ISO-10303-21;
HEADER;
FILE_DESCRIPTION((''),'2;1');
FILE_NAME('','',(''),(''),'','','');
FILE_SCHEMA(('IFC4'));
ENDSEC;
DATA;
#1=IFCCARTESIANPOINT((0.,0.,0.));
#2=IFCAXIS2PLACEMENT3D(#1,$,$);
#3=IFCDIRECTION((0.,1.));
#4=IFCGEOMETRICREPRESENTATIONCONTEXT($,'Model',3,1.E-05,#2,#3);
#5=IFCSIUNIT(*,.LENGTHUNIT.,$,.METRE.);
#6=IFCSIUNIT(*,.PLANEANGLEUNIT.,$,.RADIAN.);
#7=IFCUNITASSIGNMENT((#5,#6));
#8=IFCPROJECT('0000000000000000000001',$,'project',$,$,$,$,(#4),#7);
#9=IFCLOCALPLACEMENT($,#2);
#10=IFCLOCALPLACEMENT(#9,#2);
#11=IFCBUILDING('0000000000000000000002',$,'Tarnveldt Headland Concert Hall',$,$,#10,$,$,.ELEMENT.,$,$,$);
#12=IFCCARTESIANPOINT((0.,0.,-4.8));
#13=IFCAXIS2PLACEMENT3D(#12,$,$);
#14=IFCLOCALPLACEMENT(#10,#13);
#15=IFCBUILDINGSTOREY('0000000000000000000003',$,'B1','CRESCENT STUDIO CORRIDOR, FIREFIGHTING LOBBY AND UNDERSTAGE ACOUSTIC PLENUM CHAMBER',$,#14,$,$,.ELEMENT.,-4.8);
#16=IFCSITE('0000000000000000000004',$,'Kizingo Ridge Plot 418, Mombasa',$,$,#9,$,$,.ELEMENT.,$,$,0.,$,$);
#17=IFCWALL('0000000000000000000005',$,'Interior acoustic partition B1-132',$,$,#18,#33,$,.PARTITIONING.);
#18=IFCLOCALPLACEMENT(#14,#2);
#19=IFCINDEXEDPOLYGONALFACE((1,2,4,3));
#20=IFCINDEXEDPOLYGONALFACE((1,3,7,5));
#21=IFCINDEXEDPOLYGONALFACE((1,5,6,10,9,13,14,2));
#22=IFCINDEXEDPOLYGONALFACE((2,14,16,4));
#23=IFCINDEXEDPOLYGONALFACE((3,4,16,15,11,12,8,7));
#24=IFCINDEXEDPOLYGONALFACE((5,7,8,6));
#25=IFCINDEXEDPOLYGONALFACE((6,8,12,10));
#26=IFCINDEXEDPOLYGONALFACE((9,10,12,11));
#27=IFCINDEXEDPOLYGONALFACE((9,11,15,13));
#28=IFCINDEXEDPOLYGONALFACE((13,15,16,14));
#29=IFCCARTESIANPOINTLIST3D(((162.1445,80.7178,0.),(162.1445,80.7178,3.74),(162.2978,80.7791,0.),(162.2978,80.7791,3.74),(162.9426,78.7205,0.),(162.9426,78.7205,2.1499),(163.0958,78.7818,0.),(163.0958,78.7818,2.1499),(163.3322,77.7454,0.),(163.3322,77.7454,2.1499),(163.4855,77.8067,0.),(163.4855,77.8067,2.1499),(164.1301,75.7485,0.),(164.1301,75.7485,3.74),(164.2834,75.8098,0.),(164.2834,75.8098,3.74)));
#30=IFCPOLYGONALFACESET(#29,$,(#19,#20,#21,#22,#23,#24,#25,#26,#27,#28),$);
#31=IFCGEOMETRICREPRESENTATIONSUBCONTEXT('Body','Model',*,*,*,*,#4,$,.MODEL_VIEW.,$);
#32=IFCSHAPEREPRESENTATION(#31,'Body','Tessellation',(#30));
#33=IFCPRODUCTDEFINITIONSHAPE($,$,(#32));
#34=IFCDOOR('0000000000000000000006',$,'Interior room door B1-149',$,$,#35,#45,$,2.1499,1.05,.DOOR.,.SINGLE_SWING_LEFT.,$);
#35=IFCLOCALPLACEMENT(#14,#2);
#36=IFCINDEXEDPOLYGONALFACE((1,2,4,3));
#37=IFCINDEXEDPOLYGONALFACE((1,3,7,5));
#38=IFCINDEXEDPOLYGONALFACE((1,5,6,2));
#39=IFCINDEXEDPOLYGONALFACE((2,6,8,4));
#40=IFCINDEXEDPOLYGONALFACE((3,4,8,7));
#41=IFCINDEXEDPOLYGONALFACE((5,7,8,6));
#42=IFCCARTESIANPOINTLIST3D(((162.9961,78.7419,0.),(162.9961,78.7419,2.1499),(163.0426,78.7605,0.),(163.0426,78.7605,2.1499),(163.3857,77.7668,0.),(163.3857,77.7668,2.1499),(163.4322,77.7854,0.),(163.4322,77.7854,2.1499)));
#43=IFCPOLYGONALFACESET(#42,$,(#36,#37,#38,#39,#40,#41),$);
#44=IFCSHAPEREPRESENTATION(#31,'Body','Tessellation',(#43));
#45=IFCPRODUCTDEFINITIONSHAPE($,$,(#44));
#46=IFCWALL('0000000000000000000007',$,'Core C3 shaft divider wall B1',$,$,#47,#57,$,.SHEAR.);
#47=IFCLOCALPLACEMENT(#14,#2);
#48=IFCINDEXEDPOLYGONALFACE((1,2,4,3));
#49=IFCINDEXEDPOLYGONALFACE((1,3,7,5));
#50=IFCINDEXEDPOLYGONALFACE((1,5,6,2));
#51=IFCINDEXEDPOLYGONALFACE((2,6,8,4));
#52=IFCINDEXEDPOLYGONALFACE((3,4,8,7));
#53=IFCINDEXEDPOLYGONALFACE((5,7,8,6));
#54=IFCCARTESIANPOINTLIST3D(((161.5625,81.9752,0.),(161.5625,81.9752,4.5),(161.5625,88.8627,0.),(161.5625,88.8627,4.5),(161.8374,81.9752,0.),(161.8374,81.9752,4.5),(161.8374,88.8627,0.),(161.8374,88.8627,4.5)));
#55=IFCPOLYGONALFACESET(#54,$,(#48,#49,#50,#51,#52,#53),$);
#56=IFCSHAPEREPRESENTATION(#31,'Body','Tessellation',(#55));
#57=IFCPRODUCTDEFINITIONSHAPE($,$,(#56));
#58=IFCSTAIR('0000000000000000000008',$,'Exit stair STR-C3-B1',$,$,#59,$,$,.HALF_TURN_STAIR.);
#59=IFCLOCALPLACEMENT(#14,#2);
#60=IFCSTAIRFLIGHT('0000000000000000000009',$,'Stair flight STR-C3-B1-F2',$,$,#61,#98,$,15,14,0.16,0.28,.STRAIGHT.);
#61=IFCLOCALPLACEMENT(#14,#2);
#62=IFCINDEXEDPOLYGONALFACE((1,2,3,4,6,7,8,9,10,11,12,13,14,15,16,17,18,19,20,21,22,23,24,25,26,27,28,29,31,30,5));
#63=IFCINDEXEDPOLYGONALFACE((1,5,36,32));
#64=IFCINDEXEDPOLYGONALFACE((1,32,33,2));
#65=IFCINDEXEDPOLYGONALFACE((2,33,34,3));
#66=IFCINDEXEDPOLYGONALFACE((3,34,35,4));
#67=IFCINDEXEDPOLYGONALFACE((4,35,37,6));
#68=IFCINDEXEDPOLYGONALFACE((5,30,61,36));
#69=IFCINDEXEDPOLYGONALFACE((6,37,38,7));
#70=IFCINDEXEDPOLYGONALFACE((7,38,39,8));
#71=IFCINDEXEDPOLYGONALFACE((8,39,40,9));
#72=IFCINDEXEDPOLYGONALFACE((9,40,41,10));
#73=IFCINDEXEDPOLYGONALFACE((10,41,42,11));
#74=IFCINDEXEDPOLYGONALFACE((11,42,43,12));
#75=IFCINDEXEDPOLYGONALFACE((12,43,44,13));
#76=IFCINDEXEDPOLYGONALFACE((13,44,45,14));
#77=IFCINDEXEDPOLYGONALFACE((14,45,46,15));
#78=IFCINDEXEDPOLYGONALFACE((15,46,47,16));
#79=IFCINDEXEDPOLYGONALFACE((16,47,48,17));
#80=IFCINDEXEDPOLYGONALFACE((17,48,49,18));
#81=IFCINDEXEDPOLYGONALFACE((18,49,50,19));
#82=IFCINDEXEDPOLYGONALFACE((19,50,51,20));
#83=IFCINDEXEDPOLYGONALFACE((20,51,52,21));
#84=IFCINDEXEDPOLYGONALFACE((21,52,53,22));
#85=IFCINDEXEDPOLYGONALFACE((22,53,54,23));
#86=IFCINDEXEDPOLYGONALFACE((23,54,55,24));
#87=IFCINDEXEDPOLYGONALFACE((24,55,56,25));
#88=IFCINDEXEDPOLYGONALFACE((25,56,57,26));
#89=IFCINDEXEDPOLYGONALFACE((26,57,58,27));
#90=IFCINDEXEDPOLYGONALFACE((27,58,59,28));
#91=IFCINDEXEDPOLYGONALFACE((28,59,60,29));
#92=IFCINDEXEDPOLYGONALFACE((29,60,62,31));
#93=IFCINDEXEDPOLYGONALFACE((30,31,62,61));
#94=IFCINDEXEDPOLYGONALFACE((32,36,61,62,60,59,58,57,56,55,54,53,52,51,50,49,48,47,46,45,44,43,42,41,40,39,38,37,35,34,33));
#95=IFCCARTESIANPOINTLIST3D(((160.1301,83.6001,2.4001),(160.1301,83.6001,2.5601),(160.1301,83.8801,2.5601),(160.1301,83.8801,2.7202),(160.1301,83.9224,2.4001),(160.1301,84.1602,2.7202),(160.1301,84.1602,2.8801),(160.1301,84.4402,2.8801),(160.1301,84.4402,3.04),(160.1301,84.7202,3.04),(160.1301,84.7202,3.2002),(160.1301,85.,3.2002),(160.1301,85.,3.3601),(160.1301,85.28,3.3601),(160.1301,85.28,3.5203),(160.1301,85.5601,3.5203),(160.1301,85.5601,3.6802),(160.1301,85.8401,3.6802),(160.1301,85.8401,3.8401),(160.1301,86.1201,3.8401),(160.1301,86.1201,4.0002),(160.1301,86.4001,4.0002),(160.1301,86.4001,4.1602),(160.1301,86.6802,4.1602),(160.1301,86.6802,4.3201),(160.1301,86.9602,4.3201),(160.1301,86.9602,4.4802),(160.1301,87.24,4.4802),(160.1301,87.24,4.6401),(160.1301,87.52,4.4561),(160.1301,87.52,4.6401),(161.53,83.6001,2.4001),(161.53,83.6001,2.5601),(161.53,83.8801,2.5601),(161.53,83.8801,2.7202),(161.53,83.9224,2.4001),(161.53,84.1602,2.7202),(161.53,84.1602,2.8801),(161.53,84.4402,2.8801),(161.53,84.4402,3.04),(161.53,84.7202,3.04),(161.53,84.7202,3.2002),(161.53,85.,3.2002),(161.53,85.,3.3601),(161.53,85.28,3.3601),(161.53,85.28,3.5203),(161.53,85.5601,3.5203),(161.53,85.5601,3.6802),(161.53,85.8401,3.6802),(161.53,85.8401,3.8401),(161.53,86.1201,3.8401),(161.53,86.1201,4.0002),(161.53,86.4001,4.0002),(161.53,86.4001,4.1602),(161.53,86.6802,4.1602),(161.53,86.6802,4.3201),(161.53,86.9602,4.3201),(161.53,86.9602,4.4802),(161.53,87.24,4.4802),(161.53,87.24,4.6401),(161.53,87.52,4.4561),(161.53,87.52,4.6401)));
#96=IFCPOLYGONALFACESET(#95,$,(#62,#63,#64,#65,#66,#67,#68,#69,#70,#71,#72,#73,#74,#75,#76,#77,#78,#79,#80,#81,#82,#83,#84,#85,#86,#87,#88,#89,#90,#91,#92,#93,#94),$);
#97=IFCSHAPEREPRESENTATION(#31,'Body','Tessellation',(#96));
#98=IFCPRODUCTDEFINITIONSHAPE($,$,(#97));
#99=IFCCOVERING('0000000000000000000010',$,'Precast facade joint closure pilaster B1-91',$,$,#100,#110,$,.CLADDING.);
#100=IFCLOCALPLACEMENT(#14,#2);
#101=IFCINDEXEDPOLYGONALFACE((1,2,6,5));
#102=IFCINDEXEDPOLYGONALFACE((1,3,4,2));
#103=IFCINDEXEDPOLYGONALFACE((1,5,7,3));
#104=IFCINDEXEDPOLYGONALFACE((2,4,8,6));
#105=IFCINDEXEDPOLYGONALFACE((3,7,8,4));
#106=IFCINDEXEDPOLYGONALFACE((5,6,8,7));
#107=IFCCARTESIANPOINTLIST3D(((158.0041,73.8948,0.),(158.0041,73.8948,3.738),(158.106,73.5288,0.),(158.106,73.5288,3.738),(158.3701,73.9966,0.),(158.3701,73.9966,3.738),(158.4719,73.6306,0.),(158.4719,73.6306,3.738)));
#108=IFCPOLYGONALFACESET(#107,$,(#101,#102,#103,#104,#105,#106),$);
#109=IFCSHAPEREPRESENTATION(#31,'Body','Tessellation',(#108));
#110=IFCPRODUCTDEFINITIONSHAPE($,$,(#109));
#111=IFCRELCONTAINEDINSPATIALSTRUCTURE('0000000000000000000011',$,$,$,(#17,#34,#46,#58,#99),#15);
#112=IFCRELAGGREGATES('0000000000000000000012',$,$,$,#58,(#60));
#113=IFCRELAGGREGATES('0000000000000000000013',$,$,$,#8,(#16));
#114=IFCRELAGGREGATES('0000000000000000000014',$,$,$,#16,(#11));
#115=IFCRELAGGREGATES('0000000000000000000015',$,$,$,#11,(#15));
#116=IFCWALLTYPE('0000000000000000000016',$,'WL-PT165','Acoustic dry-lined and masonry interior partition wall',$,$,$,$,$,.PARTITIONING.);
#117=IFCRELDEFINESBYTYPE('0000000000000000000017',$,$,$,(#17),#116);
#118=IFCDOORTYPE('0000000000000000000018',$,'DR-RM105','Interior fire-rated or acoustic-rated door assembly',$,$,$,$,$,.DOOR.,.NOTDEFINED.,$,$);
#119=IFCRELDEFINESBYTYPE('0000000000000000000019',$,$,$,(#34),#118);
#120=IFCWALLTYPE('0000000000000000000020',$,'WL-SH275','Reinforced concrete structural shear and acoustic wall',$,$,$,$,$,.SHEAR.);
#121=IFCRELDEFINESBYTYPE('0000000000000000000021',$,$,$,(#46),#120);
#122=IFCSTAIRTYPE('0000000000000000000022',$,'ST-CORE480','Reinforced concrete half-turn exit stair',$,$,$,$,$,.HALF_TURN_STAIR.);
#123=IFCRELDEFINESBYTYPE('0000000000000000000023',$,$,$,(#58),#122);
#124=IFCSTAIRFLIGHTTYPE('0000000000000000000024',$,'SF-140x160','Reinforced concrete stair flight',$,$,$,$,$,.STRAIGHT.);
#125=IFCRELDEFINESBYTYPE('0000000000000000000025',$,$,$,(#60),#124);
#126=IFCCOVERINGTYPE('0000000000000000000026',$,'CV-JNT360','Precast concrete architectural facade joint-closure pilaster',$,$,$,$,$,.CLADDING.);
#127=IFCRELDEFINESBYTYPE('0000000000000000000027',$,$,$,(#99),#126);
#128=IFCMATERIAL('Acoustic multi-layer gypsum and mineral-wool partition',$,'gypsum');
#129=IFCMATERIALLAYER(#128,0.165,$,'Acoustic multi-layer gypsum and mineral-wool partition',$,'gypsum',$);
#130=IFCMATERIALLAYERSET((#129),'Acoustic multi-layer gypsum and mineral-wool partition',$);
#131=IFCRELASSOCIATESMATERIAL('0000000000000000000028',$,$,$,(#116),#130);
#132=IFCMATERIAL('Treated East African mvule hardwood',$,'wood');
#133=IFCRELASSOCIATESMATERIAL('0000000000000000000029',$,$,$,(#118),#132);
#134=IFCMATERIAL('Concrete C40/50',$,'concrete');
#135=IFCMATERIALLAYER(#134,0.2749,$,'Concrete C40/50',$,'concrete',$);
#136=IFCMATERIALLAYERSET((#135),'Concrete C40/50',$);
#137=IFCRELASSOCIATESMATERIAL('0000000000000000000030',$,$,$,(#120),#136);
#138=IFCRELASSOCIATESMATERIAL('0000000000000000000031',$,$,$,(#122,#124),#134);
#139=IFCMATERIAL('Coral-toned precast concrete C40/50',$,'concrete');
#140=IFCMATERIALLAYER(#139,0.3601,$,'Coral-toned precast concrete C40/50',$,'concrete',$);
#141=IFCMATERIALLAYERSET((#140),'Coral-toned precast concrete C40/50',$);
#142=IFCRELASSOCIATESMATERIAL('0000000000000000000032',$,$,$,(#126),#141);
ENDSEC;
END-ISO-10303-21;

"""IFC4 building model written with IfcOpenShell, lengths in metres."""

from ifc_helpers import new_model, si_unit, direction, frame, frame_2d, origin, origin_2d, place, context, subcontext, project, spatial, polyline, rectangle, outline, extrude, material, layer, layer_set, type_object, element, fill, aggregate, save


model = new_model("IFC4")

# Units and contexts
model_context = context("Model", 3, precision=1e-05, world=origin(), true_north=direction((0.0, 1.0)))
body_context = subcontext(model_context, "Body", "Model", "MODEL_VIEW")
ifc_project = project(units=[si_unit("LENGTHUNIT", "METRE"), si_unit("PLANEANGLEUNIT", "RADIAN")], contexts=[model_context])

# Site, building, storey
site_placement = place(None, origin())
site = spatial("IfcSite", under=ifc_project, at=site_placement, Name="Kizingo Ridge Plot 418, Mombasa", CompositionType="ELEMENT", RefElevation=0.0)
building_placement = place(site_placement, origin())
building = spatial("IfcBuilding", under=site, at=building_placement, Name="Tarnveldt Headland Concert Hall", CompositionType="ELEMENT")
storey_placement = place(building_placement, frame((0.0, 0.0, -4.8)))
storey = spatial("IfcBuildingStorey", under=building, at=storey_placement, Name="B1", Description="CRESCENT STUDIO CORRIDOR, FIREFIGHTING LOBBY AND UNDERSTAGE ACOUSTIC PLENUM CHAMBER", CompositionType="ELEMENT", Elevation=-4.8)

# Shared definitions
ifc_material_1 = material(Name="Concrete C40/50", Category="concrete")

# Shared definitions
ifc_material_2 = material(Name="Coral-toned precast concrete C40/50", Category="concrete")

# Wall, opening, door
ifc_material_3 = material(Name="Acoustic multi-layer gypsum and mineral-wool partition", Category="gypsum")
ifc_layer_1 = layer(ifc_material_3, 0.165, Name="Acoustic multi-layer gypsum and mineral-wool partition", Category="gypsum")
ifc_layer_set_1 = layer_set([ifc_layer_1], Name="Acoustic multi-layer gypsum and mineral-wool partition")
wall_type_1 = type_object("IfcWallType", Name="WL-PT165", Description="Acoustic dry-lined and masonry interior partition wall", PredefinedType="PARTITIONING", material=ifc_layer_set_1)
wall_1_placement = place(storey_placement, frame((164.2068, 75.7791, 0.0), z_axis=(0.0, 0.0, 1.0), x_axis=(-0.371052, 0.928612, 0.0)))
wall_1 = element("IfcWall", 1, at=wall_1_placement, inside=storey, type_object=wall_type_1, Name="Interior acoustic partition B1-132", PredefinedType="PARTITIONING", context=body_context, shape_type="SweptSolid", body=[
    extrude(rectangle(XDim=5.3513, YDim=0.165, at=frame_2d((2.6758, 0.0))), origin(), (0.0, 0.0, 1.0), 3.74),
])
opening_placement = place(wall_1_placement, frame((2.1506, 0.0, 0.0)))
opening = element("IfcOpeningElement", 2, at=opening_placement, cuts=wall_1, PredefinedType="OPENING", context=body_context, shape_type="SweptSolid", body=[
    extrude(rectangle(XDim=1.05, YDim=2.1499, at=frame_2d((0.5249, 1.075))), frame((0.0, 0.0925, 0.0), z_axis=(0.0, -1.0, 0.0), x_axis=(1.0, 0.0, 0.0)), (0.0, 0.0, 1.0), 0.1851),
])
ifc_material_4 = material(Name="Treated East African mvule hardwood", Category="wood")
door_type = type_object("IfcDoorType", Name="DR-RM105", Description="Interior fire-rated or acoustic-rated door assembly", OperationType="NOTDEFINED", PredefinedType="DOOR", material=ifc_material_4)
door_placement = place(opening_placement, origin())
door = element("IfcDoor", 3, at=door_placement, inside=storey, type_object=door_type, Name="Interior room door B1-149", OperationType="SINGLE_SWING_LEFT", OverallHeight=2.1499, OverallWidth=1.05, PredefinedType="DOOR", context=body_context, shape_type="SweptSolid", body=[
    extrude(rectangle(XDim=1.05, YDim=2.1499, at=frame_2d((0.5249, 1.075))), frame((0.0, 0.0249, 0.0), z_axis=(0.0, -1.0, 0.0), x_axis=(1.0, 0.0, 0.0)), (0.0, 0.0, 1.0), 0.05),
])
fill(opening, door)

# Wall
ifc_layer_2 = layer(ifc_material_1, 0.2749, Name="Concrete C40/50", Category="concrete")
ifc_layer_set_2 = layer_set([ifc_layer_2], Name="Concrete C40/50")
wall_type_2 = type_object("IfcWallType", Name="WL-SH275", Description="Reinforced concrete structural shear and acoustic wall", PredefinedType="SHEAR", material=ifc_layer_set_2)
wall_2_placement = place(storey_placement, frame((161.7, 81.9751, 0.0), z_axis=(0.0, 0.0, 1.0), x_axis=(0.0, 1.0, 0.0)))
element("IfcWall", 4, at=wall_2_placement, inside=storey, type_object=wall_type_2, Name="Core C3 shaft divider wall B1", PredefinedType="SHEAR", context=body_context, shape_type="SweptSolid", body=[
    extrude(rectangle(XDim=6.8875, YDim=0.2749, at=frame_2d((3.4438, 0.0))), origin(), (0.0, 0.0, 1.0), 4.5),
])

# Stair, stair flight
stair_type = type_object("IfcStairType", Name="ST-CORE480", Description="Reinforced concrete half-turn exit stair", PredefinedType="HALF_TURN_STAIR", material=ifc_material_1)
stair_placement = place(storey_placement, origin())
stair = element("IfcStair", 5, at=stair_placement, inside=storey, type_object=stair_type, Name="Exit stair STR-C3-B1", PredefinedType="HALF_TURN_STAIR")
stair_flight_type = type_object("IfcStairFlightType", Name="SF-140x160", Description="Reinforced concrete stair flight", PredefinedType="STRAIGHT", material=ifc_material_1)
stair_flight_placement = place(storey_placement, frame((160.8301, 83.6001, 2.4001), z_axis=(0.0, 0.0, 1.0), x_axis=(0.0, 1.0, 0.0)))
stair_flight = element("IfcStairFlight", 6, at=stair_flight_placement, type_object=stair_flight_type, Name="Stair flight STR-C3-B1-F2", NumberOfRisers=15, NumberOfTreads=14, PredefinedType="STRAIGHT", RiserHeight=0.16, TreadLength=0.28, context=body_context, shape_type="SweptSolid", body=[
    extrude(outline(polyline([(0.0, 0.0), (0.0, 0.1599), (0.28, 0.1599), (0.28, 0.3201), (0.5601, 0.3201), (0.5601, 0.48), (0.8401, 0.48), (0.8401, 0.6399), (1.1201, 0.6399), (1.1201, 0.8), (1.3999, 0.8), (1.3999, 0.96), (1.6799, 0.96), (1.6799, 1.1201), (1.96, 1.1201), (1.96, 1.28), (2.24, 1.28), (2.24, 1.4399), (2.52, 1.4399), (2.52, 1.6001), (2.8, 1.6001), (2.8, 1.76), (3.0801, 1.76), (3.0801, 1.9199), (3.3601, 1.9199), (3.3601, 2.0801), (3.6399, 2.0801), (3.6399, 2.24), (3.9199, 2.24), (3.9199, 2.3999), (3.9199, 2.0559), (0.3223, 0.0), (0.0, 0.0)])), frame((0.0, 0.7, 0.0), z_axis=(0.0, -1.0, 0.0), x_axis=(1.0, 0.0, 0.0)), (0.0, 0.0, 1.0), 1.3999),
])
aggregate(stair, [stair_flight])

# Covering
ifc_layer_3 = layer(ifc_material_2, 0.3601, Name="Coral-toned precast concrete C40/50", Category="concrete")
ifc_layer_set_3 = layer_set([ifc_layer_3], Name="Coral-toned precast concrete C40/50")
covering_type = type_object("IfcCoveringType", Name="CV-JNT360", Description="Precast concrete architectural facade joint-closure pilaster", PredefinedType="CLADDING", material=ifc_layer_set_3)
covering_placement = place(storey_placement, frame((158.238, 73.7627, 0.0), z_axis=(0.0, 0.0, 1.0), x_axis=(-0.268079, 0.963397, 0.0)))
element("IfcCovering", 7, at=covering_placement, inside=storey, type_object=covering_type, Name="Precast facade joint closure pilaster B1-91", PredefinedType="CLADDING", context=body_context, shape_type="SweptSolid", body=[
    extrude(rectangle(XDim=0.3799, YDim=0.3799, at=origin_2d()), origin(), (0.0, 0.0, 1.0), 3.738),
])

save(model, "model.ifc")
